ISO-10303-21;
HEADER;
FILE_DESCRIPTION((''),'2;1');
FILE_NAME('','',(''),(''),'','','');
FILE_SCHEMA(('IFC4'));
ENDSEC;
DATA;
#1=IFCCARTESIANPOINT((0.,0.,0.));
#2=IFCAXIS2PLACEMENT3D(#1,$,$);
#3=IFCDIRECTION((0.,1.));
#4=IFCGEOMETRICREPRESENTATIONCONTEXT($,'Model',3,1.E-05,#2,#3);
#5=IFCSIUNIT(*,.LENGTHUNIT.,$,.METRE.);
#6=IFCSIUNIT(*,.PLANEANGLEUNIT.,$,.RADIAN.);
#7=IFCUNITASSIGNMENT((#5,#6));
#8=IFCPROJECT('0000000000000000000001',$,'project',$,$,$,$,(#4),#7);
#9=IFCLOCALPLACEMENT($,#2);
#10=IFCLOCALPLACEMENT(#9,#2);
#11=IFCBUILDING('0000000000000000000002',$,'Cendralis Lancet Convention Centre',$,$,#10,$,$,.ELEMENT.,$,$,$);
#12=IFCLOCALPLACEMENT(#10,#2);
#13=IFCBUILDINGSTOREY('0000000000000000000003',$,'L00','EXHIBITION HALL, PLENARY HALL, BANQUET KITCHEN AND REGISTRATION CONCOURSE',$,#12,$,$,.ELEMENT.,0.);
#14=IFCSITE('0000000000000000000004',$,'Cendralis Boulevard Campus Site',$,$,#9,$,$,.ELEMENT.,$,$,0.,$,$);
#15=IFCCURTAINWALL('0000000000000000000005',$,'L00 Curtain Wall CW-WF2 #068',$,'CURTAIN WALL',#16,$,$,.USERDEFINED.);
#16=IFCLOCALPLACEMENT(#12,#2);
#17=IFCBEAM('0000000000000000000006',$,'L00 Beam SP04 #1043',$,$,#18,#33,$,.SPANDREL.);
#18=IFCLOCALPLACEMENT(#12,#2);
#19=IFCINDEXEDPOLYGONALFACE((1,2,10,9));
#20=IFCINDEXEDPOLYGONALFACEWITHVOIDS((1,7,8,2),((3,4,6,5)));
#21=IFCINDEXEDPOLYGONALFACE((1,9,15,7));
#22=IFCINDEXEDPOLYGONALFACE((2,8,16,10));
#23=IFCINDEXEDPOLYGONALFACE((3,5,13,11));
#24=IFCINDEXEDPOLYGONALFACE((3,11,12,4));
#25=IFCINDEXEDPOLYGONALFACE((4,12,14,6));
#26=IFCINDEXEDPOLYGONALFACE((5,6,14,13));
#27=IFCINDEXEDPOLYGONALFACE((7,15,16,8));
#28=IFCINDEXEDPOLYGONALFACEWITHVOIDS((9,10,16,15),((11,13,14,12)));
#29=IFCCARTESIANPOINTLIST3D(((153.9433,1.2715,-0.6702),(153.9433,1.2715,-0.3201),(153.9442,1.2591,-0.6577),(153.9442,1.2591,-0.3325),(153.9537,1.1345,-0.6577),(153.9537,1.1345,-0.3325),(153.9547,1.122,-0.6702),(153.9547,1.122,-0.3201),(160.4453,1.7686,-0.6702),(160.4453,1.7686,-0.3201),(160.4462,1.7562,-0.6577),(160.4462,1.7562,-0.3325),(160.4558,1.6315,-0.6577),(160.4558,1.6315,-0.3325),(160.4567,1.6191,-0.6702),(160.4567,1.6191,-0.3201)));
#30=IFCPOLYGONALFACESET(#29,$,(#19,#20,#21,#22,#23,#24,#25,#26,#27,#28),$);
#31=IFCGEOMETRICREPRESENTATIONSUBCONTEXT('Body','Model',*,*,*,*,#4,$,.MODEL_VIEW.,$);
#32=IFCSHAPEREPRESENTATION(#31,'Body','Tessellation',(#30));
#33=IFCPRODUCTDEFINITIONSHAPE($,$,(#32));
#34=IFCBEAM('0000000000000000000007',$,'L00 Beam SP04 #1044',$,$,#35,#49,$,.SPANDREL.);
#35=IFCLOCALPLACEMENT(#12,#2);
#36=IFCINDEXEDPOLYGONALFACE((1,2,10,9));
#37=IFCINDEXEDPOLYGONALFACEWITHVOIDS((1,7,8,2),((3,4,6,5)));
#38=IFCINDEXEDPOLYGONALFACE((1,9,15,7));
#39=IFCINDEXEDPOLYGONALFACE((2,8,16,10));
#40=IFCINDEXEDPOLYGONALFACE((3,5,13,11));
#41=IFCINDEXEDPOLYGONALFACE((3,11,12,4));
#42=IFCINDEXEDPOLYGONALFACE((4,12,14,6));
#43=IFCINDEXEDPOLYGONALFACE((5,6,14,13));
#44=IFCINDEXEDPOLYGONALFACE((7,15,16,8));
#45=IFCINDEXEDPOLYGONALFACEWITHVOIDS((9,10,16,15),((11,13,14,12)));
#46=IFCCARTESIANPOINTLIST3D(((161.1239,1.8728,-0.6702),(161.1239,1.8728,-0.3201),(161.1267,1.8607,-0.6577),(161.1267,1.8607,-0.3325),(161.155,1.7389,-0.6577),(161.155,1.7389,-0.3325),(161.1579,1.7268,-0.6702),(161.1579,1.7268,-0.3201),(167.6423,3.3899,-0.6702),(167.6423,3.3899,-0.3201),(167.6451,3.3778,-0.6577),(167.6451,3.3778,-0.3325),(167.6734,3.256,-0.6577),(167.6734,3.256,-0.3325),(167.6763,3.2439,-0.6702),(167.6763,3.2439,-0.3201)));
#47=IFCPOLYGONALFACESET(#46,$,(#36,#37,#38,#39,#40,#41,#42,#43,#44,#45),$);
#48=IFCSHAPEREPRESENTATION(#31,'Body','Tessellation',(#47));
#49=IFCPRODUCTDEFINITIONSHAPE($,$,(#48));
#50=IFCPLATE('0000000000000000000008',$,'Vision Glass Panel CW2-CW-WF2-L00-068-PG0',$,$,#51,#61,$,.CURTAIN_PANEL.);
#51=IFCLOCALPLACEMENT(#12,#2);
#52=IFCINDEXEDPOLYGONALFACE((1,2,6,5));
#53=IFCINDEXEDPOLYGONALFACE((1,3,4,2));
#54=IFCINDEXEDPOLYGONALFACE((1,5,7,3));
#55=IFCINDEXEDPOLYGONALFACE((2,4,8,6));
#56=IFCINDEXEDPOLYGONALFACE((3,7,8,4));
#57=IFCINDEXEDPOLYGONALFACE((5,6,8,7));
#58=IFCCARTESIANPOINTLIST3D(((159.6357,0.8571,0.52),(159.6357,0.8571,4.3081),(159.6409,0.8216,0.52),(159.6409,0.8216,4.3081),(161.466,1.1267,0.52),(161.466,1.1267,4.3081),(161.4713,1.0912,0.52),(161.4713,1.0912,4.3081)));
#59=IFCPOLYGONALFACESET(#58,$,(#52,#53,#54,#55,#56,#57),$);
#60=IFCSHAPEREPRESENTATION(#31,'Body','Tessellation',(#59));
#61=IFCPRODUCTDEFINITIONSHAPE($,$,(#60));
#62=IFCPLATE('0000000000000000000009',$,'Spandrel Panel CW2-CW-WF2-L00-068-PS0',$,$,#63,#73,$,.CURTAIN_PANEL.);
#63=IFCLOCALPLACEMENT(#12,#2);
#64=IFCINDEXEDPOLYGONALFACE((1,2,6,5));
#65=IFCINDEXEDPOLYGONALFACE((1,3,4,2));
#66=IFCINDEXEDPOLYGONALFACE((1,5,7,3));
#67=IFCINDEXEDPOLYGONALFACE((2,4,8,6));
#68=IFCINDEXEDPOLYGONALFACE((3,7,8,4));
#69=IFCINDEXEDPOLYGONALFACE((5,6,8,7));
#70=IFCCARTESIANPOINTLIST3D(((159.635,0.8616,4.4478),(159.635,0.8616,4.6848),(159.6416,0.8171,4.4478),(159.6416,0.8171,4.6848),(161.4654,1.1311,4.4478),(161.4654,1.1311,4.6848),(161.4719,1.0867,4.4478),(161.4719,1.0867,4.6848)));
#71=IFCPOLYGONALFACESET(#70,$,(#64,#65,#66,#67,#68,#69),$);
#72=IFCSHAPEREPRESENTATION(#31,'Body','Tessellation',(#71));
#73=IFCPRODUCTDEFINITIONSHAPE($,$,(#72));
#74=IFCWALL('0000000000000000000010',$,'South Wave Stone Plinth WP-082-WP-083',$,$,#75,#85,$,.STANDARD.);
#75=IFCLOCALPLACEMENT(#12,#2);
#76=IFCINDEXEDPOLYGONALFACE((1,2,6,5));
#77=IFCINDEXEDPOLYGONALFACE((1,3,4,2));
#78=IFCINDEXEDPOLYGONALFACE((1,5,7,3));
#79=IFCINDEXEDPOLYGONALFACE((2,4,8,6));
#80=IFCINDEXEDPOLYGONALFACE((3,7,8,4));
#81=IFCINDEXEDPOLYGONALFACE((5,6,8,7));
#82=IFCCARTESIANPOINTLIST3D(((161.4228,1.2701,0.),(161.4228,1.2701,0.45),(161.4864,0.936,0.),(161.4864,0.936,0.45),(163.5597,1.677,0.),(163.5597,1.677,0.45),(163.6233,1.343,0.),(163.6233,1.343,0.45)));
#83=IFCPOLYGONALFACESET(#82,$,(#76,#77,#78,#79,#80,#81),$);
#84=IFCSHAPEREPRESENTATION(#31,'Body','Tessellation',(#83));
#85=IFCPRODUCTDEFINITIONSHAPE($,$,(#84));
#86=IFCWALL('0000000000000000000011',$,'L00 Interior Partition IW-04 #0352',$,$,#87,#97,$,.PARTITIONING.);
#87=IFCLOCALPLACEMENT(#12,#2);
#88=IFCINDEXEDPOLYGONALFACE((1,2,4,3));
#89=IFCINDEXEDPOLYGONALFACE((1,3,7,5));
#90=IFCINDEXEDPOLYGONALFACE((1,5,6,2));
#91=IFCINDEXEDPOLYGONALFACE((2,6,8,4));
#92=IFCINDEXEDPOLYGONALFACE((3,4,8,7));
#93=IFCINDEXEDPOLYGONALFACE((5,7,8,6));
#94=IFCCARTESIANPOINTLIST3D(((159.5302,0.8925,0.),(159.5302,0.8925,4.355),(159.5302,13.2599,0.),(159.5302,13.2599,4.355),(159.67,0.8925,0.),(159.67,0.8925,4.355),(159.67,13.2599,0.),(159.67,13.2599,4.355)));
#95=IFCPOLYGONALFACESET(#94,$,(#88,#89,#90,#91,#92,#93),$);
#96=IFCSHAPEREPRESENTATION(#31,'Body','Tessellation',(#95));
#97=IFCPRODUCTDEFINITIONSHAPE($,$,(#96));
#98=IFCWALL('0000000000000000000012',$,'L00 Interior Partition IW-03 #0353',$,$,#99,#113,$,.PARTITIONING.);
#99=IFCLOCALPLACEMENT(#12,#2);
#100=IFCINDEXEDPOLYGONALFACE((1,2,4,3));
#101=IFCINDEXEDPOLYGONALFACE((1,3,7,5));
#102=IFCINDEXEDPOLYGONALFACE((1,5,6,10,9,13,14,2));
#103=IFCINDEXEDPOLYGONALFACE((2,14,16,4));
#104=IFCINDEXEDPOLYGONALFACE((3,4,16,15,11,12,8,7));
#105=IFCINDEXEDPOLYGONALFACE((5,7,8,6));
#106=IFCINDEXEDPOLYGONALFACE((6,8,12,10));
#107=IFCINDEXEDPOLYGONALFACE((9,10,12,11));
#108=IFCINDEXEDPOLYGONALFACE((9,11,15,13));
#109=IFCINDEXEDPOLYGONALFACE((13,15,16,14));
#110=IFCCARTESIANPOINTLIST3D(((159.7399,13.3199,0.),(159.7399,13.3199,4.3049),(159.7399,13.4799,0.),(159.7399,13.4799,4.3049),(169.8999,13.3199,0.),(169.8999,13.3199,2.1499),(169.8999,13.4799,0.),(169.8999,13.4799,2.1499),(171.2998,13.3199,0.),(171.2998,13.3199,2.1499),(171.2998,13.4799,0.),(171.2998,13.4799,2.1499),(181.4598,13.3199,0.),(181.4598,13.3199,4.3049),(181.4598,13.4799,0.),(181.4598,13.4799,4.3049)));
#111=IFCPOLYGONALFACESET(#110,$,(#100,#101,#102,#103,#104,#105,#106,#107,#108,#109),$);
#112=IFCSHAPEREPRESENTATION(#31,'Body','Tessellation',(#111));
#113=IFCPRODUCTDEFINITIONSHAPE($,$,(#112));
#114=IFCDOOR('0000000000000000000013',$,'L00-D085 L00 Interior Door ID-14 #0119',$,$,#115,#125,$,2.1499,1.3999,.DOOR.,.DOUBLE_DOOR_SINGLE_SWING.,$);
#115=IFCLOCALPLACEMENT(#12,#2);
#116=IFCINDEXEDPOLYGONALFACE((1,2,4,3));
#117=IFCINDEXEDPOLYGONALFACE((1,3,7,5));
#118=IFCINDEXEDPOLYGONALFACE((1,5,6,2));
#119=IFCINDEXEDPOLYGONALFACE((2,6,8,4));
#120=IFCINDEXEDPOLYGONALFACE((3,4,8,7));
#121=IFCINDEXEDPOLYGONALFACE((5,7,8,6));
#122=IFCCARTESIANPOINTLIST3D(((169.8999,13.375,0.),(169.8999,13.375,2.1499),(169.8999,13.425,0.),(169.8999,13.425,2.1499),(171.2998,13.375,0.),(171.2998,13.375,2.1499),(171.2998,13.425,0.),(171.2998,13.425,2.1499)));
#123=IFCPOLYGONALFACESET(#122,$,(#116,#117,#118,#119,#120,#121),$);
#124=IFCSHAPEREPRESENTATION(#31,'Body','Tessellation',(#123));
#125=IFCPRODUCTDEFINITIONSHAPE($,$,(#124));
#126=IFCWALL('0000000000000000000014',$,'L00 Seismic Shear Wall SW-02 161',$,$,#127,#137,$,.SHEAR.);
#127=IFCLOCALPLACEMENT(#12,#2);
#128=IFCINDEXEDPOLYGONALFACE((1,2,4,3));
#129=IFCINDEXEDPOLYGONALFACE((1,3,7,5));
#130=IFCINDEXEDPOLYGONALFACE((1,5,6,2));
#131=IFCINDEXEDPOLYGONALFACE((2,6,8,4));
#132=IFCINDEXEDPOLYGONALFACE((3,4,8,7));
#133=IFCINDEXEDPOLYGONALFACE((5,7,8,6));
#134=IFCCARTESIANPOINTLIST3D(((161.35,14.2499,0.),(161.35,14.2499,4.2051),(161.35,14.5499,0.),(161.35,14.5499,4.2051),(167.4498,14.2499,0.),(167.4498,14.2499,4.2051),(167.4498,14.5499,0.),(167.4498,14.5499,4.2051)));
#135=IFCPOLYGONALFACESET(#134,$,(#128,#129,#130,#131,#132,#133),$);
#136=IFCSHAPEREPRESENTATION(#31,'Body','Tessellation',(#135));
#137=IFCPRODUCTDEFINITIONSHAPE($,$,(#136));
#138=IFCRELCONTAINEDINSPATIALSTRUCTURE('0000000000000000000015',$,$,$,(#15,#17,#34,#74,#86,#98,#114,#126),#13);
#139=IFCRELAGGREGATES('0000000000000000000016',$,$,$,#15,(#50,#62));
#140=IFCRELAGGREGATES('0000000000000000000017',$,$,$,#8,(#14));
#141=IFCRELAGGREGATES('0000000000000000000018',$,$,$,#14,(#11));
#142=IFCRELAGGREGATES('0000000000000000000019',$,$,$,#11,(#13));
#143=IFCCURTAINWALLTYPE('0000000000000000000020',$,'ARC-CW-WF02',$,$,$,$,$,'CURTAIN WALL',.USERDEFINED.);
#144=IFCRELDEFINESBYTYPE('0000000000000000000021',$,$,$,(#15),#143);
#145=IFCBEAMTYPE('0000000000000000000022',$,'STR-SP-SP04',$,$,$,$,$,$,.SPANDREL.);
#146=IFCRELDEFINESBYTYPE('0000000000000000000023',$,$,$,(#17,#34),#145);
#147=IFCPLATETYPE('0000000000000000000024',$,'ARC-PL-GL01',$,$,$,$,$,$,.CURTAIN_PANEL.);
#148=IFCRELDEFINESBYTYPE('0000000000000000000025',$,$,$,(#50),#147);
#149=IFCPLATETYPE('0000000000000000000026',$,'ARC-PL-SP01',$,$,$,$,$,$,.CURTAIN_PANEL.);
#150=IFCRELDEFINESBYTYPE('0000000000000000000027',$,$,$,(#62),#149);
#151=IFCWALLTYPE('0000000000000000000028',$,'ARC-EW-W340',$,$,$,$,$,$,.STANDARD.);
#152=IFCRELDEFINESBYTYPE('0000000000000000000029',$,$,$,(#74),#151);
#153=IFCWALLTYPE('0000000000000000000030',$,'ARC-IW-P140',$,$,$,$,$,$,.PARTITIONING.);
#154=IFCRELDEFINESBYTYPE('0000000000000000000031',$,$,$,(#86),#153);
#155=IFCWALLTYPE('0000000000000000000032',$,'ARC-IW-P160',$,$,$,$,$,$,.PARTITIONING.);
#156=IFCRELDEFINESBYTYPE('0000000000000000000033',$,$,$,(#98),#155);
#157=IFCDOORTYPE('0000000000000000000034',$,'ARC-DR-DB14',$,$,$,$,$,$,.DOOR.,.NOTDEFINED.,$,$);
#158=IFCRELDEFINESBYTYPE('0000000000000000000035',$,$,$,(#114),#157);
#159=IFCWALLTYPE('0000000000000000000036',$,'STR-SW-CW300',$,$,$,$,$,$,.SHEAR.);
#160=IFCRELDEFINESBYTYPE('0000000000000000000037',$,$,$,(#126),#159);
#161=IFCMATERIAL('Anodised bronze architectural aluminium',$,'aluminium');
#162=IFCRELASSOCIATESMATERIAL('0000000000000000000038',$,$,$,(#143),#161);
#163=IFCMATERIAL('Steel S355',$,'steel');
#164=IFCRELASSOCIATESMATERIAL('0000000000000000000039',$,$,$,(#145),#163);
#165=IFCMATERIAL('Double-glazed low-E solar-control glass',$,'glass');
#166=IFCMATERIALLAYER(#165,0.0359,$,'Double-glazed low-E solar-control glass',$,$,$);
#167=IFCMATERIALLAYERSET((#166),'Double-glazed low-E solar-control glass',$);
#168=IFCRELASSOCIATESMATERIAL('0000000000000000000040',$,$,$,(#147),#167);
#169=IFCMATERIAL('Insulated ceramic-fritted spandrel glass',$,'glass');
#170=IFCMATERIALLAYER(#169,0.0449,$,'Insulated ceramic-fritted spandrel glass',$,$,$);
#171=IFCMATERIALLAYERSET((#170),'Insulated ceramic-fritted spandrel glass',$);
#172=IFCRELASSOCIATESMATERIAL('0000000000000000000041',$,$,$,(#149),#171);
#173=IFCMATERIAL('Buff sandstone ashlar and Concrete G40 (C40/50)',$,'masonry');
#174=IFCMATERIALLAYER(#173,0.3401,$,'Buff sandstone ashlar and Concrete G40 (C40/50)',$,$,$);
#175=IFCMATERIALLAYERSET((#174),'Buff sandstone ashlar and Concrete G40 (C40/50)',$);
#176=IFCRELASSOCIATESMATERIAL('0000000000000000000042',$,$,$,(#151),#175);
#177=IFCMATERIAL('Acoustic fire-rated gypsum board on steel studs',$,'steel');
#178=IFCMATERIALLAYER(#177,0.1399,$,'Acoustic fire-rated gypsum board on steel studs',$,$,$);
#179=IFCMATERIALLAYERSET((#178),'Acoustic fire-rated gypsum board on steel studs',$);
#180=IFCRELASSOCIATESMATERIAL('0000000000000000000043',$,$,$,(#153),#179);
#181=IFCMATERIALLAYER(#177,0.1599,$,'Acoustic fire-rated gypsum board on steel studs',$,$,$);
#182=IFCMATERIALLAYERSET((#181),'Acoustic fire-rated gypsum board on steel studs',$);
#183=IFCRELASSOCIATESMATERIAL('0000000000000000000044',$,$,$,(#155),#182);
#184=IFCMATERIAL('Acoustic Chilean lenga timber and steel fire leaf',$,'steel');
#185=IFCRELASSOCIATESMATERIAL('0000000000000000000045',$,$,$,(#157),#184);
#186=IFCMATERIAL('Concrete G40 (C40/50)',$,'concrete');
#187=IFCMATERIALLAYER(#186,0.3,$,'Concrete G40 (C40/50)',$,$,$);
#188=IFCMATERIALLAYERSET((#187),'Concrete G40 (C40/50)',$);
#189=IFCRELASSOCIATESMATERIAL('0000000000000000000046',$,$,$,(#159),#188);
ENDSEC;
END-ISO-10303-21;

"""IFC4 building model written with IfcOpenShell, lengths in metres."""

from ifc_helpers import new_model, si_unit, direction, frame, frame_2d, origin, origin_2d, place, context, subcontext, project, spatial, rectangle, hollow_rectangle, extrude, material, layer, layer_set, material_profile, profile_set, type_object, element, fill, aggregate, save


model = new_model("IFC4")

# Units and contexts
model_context = context("Model", 3, precision=1e-05, world=origin(), true_north=direction((0.0, 1.0)))
body_context = subcontext(model_context, "Body", "Model", "MODEL_VIEW")
ifc_project = project(units=[si_unit("LENGTHUNIT", "METRE"), si_unit("PLANEANGLEUNIT", "RADIAN")], contexts=[model_context])

# Site, building, storey
site_placement = place(None, origin())
site = spatial("IfcSite", under=ifc_project, at=site_placement, Name="Cendralis Boulevard Campus Site", CompositionType="ELEMENT", RefElevation=0.0)
building_placement = place(site_placement, origin())
building = spatial("IfcBuilding", under=site, at=building_placement, Name="Cendralis Lancet Convention Centre", CompositionType="ELEMENT")
storey_placement = place(building_placement, origin())
storey = spatial("IfcBuildingStorey", under=building, at=storey_placement, Name="L00", Description="EXHIBITION HALL, PLENARY HALL, BANQUET KITCHEN AND REGISTRATION CONCOURSE", CompositionType="ELEMENT", Elevation=0.0)

# Shared definitions
ifc_material_1 = material(Name="Concrete G40 (C40/50)", Category="concrete")

# Curtain wall
ifc_material_2 = material(Name="Anodised bronze architectural aluminium", Category="aluminium")
curtain_wall_type = type_object("IfcCurtainWallType", Name="ARC-CW-WF02", ElementType="CURTAIN WALL", PredefinedType="USERDEFINED", material=ifc_material_2)
curtain_wall_1_placement = place(storey_placement, origin())
curtain_wall_1 = element("IfcCurtainWall", 1, at=curtain_wall_1_placement, inside=storey, type_object=curtain_wall_type, Name="L00 Curtain Wall CW-WF2 #068", ObjectType="CURTAIN WALL", PredefinedType="USERDEFINED")

# Beams
ifc_material_3 = material(Name="Steel S355", Category="steel")
ifc_material_profile_1 = material_profile(ifc_material_3, hollow_rectangle(XDim=0.1499, YDim=0.3501, WallThickness=0.0125, at=origin_2d()), Name="RHS 350x150x12.5")
ifc_profile_set_1 = profile_set([ifc_material_profile_1], Name="Steel S355")
beam_type_1 = type_object("IfcBeamType", Name="STR-SP-SP04", PredefinedType="SPANDREL", material=ifc_profile_set_1)
beam_1_placement = place(storey_placement, frame((153.949, 1.1968, -0.4951), z_axis=(0.99709, 0.076227, 0.0), x_axis=(-0.076227, 0.99709, 0.0)))
element("IfcBeam", 2, at=beam_1_placement, inside=storey, type_object=beam_type_1, Name="L00 Beam SP04 #1043", PredefinedType="SPANDREL", context=body_context, shape_type="SweptSolid", body=[
    extrude(hollow_rectangle(XDim=0.1499, YDim=0.3501, WallThickness=0.0125, at=origin_2d()), origin(), (0.0, 0.0, 1.0), 6.521),
])
beam_2_placement = place(storey_placement, frame((161.1409, 1.7998, -0.4951), z_axis=(0.973968, 0.226684, 0.0), x_axis=(-0.226684, 0.973968, 0.0)))
element("IfcBeam", 3, at=beam_2_placement, inside=storey, type_object=beam_type_1, Name="L00 Beam SP04 #1044", PredefinedType="SPANDREL", context=body_context, shape_type="SweptSolid", body=[
    extrude(hollow_rectangle(XDim=0.1499, YDim=0.3501, WallThickness=0.0125, at=origin_2d()), origin(), (0.0, 0.0, 1.0), 6.6926),
])

# Plates
ifc_material_4 = material(Name="Double-glazed low-E solar-control glass", Category="glass")
ifc_layer_1 = layer(ifc_material_4, 0.0359, Name="Double-glazed low-E solar-control glass")
ifc_layer_set_1 = layer_set([ifc_layer_1], Name="Double-glazed low-E solar-control glass")
plate_type_1 = type_object("IfcPlateType", Name="ARC-PL-GL01", PredefinedType="CURTAIN_PANEL", material=ifc_layer_set_1)
plate_1_placement = place(storey_placement, frame((160.5535, 0.9741, 0.52), z_axis=(0.0, 0.0, 1.0), x_axis=(0.989327, 0.145711, 0.0)))
plate_1 = element("IfcPlate", 4, at=plate_1_placement, type_object=plate_type_1, Name="Vision Glass Panel CW2-CW-WF2-L00-068-PG0", PredefinedType="CURTAIN_PANEL", context=body_context, shape_type="SweptSolid", body=[
    extrude(rectangle(XDim=1.8501, YDim=0.0359, at=origin_2d()), origin(), (0.0, 0.0, 1.0), 3.7881),
])
ifc_material_5 = material(Name="Insulated ceramic-fritted spandrel glass", Category="glass")
ifc_layer_2 = layer(ifc_material_5, 0.0449, Name="Insulated ceramic-fritted spandrel glass")
ifc_layer_set_2 = layer_set([ifc_layer_2], Name="Insulated ceramic-fritted spandrel glass")
plate_type_2 = type_object("IfcPlateType", Name="ARC-PL-SP01", PredefinedType="CURTAIN_PANEL", material=ifc_layer_set_2)
plate_2_placement = place(storey_placement, frame((160.5535, 0.9741, 4.4478), z_axis=(0.0, 0.0, 1.0), x_axis=(0.989327, 0.145711, 0.0)))
plate_2 = element("IfcPlate", 5, at=plate_2_placement, type_object=plate_type_2, Name="Spandrel Panel CW2-CW-WF2-L00-068-PS0", PredefinedType="CURTAIN_PANEL", context=body_context, shape_type="SweptSolid", body=[
    extrude(rectangle(XDim=1.8501, YDim=0.0449, at=origin_2d()), origin(), (0.0, 0.0, 1.0), 0.2371),
])
aggregate(curtain_wall_1, [plate_1, plate_2])

# Walls
ifc_material_6 = material(Name="Buff sandstone ashlar and Concrete G40 (C40/50)", Category="masonry")
ifc_layer_3 = layer(ifc_material_6, 0.3401, Name="Buff sandstone ashlar and Concrete G40 (C40/50)")
ifc_layer_set_3 = layer_set([ifc_layer_3], Name="Buff sandstone ashlar and Concrete G40 (C40/50)")
wall_type_1 = type_object("IfcWallType", Name="ARC-EW-W340", PredefinedType="STANDARD", material=ifc_layer_set_3)
wall_1_placement = place(storey_placement, frame((161.4546, 1.103, 0.0), z_axis=(0.0, 0.0, 1.0), x_axis=(0.982343, 0.187086, 0.0)))
element("IfcWall", 6, at=wall_1_placement, inside=storey, type_object=wall_type_1, Name="South Wave Stone Plinth WP-082-WP-083", PredefinedType="STANDARD", context=body_context, shape_type="SweptSolid", body=[
    extrude(rectangle(XDim=2.1753, YDim=0.3401, at=frame_2d((1.0876, 0.0))), origin(), (0.0, 0.0, 1.0), 0.45),
])
ifc_material_7 = material(Name="Acoustic fire-rated gypsum board on steel studs", Category="steel")
ifc_layer_4 = layer(ifc_material_7, 0.1399, Name="Acoustic fire-rated gypsum board on steel studs")
ifc_layer_set_4 = layer_set([ifc_layer_4], Name="Acoustic fire-rated gypsum board on steel studs")
wall_type_2 = type_object("IfcWallType", Name="ARC-IW-P140", PredefinedType="PARTITIONING", material=ifc_layer_set_4)
wall_2_placement = place(storey_placement, frame((159.6001, 0.8926, 0.0), z_axis=(0.0, 0.0, 1.0), x_axis=(0.0, 1.0, 0.0)))
element("IfcWall", 7, at=wall_2_placement, inside=storey, type_object=wall_type_2, Name="L00 Interior Partition IW-04 #0352", PredefinedType="PARTITIONING", context=body_context, shape_type="SweptSolid", body=[
    extrude(rectangle(XDim=12.3674, YDim=0.1399, at=frame_2d((6.1836, 0.0))), origin(), (0.0, 0.0, 1.0), 4.355),
])

# Wall, opening, door
ifc_layer_5 = layer(ifc_material_7, 0.1599, Name="Acoustic fire-rated gypsum board on steel studs")
ifc_layer_set_5 = layer_set([ifc_layer_5], Name="Acoustic fire-rated gypsum board on steel studs")
wall_type_3 = type_object("IfcWallType", Name="ARC-IW-P160", PredefinedType="PARTITIONING", material=ifc_layer_set_5)
wall_3_placement = place(storey_placement, frame((159.74, 13.3999, 0.0), z_axis=(0.0, 0.0, 1.0), x_axis=(1.0, 0.0, 0.0)))
wall_3 = element("IfcWall", 8, at=wall_3_placement, inside=storey, type_object=wall_type_3, Name="L00 Interior Partition IW-03 #0353", PredefinedType="PARTITIONING", context=body_context, shape_type="SweptSolid", body=[
    extrude(rectangle(XDim=21.72, YDim=0.1599, at=frame_2d((10.8599, 0.0))), origin(), (0.0, 0.0, 1.0), 4.3049),
])
opening_placement = place(wall_3_placement, frame((10.1599, 0.0, 0.0)))
opening = element("IfcOpeningElement", 9, at=opening_placement, cuts=wall_3, PredefinedType="OPENING", context=body_context, shape_type="SweptSolid", body=[
    extrude(rectangle(XDim=1.3999, YDim=2.1499, at=frame_2d((0.7, 1.075))), frame((0.0, 0.0898, 0.0), z_axis=(0.0, -1.0, 0.0), x_axis=(1.0, 0.0, 0.0)), (0.0, 0.0, 1.0), 0.1799),
])
ifc_material_8 = material(Name="Acoustic Chilean lenga timber and steel fire leaf", Category="steel")
door_type = type_object("IfcDoorType", Name="ARC-DR-DB14", OperationType="NOTDEFINED", PredefinedType="DOOR", material=ifc_material_8)
door_placement = place(opening_placement, frame((1.3999, 0.0, 0.0), z_axis=(0.0, 0.0, 1.0), x_axis=(-1.0, 0.0, 0.0)))
door = element("IfcDoor", 10, at=door_placement, inside=storey, type_object=door_type, Name="L00-D085 L00 Interior Door ID-14 #0119", OperationType="DOUBLE_DOOR_SINGLE_SWING", OverallHeight=2.1499, OverallWidth=1.3999, PredefinedType="DOOR", context=body_context, shape_type="SweptSolid", body=[
    extrude(rectangle(XDim=1.3999, YDim=2.1499, at=frame_2d((0.7, 1.075))), frame((0.0, 0.0249, 0.0), z_axis=(0.0, -1.0, 0.0), x_axis=(1.0, 0.0, 0.0)), (0.0, 0.0, 1.0), 0.05),
])
fill(opening, door)

# Wall
ifc_layer_6 = layer(ifc_material_1, 0.3, Name="Concrete G40 (C40/50)")
ifc_layer_set_6 = layer_set([ifc_layer_6], Name="Concrete G40 (C40/50)")
wall_type_4 = type_object("IfcWallType", Name="STR-SW-CW300", PredefinedType="SHEAR", material=ifc_layer_set_6)
wall_4_placement = place(storey_placement, frame((161.3501, 14.3999, 0.0), z_axis=(0.0, 0.0, 1.0), x_axis=(1.0, 0.0, 0.0)))
element("IfcWall", 11, at=wall_4_placement, inside=storey, type_object=wall_type_4, Name="L00 Seismic Shear Wall SW-02 161", PredefinedType="SHEAR", context=body_context, shape_type="SweptSolid", body=[
    extrude(rectangle(XDim=6.0999, YDim=0.3, at=frame_2d((3.0498, 0.0))), origin(), (0.0, 0.0, 1.0), 4.2051),
])

save(model, "model.ifc")
